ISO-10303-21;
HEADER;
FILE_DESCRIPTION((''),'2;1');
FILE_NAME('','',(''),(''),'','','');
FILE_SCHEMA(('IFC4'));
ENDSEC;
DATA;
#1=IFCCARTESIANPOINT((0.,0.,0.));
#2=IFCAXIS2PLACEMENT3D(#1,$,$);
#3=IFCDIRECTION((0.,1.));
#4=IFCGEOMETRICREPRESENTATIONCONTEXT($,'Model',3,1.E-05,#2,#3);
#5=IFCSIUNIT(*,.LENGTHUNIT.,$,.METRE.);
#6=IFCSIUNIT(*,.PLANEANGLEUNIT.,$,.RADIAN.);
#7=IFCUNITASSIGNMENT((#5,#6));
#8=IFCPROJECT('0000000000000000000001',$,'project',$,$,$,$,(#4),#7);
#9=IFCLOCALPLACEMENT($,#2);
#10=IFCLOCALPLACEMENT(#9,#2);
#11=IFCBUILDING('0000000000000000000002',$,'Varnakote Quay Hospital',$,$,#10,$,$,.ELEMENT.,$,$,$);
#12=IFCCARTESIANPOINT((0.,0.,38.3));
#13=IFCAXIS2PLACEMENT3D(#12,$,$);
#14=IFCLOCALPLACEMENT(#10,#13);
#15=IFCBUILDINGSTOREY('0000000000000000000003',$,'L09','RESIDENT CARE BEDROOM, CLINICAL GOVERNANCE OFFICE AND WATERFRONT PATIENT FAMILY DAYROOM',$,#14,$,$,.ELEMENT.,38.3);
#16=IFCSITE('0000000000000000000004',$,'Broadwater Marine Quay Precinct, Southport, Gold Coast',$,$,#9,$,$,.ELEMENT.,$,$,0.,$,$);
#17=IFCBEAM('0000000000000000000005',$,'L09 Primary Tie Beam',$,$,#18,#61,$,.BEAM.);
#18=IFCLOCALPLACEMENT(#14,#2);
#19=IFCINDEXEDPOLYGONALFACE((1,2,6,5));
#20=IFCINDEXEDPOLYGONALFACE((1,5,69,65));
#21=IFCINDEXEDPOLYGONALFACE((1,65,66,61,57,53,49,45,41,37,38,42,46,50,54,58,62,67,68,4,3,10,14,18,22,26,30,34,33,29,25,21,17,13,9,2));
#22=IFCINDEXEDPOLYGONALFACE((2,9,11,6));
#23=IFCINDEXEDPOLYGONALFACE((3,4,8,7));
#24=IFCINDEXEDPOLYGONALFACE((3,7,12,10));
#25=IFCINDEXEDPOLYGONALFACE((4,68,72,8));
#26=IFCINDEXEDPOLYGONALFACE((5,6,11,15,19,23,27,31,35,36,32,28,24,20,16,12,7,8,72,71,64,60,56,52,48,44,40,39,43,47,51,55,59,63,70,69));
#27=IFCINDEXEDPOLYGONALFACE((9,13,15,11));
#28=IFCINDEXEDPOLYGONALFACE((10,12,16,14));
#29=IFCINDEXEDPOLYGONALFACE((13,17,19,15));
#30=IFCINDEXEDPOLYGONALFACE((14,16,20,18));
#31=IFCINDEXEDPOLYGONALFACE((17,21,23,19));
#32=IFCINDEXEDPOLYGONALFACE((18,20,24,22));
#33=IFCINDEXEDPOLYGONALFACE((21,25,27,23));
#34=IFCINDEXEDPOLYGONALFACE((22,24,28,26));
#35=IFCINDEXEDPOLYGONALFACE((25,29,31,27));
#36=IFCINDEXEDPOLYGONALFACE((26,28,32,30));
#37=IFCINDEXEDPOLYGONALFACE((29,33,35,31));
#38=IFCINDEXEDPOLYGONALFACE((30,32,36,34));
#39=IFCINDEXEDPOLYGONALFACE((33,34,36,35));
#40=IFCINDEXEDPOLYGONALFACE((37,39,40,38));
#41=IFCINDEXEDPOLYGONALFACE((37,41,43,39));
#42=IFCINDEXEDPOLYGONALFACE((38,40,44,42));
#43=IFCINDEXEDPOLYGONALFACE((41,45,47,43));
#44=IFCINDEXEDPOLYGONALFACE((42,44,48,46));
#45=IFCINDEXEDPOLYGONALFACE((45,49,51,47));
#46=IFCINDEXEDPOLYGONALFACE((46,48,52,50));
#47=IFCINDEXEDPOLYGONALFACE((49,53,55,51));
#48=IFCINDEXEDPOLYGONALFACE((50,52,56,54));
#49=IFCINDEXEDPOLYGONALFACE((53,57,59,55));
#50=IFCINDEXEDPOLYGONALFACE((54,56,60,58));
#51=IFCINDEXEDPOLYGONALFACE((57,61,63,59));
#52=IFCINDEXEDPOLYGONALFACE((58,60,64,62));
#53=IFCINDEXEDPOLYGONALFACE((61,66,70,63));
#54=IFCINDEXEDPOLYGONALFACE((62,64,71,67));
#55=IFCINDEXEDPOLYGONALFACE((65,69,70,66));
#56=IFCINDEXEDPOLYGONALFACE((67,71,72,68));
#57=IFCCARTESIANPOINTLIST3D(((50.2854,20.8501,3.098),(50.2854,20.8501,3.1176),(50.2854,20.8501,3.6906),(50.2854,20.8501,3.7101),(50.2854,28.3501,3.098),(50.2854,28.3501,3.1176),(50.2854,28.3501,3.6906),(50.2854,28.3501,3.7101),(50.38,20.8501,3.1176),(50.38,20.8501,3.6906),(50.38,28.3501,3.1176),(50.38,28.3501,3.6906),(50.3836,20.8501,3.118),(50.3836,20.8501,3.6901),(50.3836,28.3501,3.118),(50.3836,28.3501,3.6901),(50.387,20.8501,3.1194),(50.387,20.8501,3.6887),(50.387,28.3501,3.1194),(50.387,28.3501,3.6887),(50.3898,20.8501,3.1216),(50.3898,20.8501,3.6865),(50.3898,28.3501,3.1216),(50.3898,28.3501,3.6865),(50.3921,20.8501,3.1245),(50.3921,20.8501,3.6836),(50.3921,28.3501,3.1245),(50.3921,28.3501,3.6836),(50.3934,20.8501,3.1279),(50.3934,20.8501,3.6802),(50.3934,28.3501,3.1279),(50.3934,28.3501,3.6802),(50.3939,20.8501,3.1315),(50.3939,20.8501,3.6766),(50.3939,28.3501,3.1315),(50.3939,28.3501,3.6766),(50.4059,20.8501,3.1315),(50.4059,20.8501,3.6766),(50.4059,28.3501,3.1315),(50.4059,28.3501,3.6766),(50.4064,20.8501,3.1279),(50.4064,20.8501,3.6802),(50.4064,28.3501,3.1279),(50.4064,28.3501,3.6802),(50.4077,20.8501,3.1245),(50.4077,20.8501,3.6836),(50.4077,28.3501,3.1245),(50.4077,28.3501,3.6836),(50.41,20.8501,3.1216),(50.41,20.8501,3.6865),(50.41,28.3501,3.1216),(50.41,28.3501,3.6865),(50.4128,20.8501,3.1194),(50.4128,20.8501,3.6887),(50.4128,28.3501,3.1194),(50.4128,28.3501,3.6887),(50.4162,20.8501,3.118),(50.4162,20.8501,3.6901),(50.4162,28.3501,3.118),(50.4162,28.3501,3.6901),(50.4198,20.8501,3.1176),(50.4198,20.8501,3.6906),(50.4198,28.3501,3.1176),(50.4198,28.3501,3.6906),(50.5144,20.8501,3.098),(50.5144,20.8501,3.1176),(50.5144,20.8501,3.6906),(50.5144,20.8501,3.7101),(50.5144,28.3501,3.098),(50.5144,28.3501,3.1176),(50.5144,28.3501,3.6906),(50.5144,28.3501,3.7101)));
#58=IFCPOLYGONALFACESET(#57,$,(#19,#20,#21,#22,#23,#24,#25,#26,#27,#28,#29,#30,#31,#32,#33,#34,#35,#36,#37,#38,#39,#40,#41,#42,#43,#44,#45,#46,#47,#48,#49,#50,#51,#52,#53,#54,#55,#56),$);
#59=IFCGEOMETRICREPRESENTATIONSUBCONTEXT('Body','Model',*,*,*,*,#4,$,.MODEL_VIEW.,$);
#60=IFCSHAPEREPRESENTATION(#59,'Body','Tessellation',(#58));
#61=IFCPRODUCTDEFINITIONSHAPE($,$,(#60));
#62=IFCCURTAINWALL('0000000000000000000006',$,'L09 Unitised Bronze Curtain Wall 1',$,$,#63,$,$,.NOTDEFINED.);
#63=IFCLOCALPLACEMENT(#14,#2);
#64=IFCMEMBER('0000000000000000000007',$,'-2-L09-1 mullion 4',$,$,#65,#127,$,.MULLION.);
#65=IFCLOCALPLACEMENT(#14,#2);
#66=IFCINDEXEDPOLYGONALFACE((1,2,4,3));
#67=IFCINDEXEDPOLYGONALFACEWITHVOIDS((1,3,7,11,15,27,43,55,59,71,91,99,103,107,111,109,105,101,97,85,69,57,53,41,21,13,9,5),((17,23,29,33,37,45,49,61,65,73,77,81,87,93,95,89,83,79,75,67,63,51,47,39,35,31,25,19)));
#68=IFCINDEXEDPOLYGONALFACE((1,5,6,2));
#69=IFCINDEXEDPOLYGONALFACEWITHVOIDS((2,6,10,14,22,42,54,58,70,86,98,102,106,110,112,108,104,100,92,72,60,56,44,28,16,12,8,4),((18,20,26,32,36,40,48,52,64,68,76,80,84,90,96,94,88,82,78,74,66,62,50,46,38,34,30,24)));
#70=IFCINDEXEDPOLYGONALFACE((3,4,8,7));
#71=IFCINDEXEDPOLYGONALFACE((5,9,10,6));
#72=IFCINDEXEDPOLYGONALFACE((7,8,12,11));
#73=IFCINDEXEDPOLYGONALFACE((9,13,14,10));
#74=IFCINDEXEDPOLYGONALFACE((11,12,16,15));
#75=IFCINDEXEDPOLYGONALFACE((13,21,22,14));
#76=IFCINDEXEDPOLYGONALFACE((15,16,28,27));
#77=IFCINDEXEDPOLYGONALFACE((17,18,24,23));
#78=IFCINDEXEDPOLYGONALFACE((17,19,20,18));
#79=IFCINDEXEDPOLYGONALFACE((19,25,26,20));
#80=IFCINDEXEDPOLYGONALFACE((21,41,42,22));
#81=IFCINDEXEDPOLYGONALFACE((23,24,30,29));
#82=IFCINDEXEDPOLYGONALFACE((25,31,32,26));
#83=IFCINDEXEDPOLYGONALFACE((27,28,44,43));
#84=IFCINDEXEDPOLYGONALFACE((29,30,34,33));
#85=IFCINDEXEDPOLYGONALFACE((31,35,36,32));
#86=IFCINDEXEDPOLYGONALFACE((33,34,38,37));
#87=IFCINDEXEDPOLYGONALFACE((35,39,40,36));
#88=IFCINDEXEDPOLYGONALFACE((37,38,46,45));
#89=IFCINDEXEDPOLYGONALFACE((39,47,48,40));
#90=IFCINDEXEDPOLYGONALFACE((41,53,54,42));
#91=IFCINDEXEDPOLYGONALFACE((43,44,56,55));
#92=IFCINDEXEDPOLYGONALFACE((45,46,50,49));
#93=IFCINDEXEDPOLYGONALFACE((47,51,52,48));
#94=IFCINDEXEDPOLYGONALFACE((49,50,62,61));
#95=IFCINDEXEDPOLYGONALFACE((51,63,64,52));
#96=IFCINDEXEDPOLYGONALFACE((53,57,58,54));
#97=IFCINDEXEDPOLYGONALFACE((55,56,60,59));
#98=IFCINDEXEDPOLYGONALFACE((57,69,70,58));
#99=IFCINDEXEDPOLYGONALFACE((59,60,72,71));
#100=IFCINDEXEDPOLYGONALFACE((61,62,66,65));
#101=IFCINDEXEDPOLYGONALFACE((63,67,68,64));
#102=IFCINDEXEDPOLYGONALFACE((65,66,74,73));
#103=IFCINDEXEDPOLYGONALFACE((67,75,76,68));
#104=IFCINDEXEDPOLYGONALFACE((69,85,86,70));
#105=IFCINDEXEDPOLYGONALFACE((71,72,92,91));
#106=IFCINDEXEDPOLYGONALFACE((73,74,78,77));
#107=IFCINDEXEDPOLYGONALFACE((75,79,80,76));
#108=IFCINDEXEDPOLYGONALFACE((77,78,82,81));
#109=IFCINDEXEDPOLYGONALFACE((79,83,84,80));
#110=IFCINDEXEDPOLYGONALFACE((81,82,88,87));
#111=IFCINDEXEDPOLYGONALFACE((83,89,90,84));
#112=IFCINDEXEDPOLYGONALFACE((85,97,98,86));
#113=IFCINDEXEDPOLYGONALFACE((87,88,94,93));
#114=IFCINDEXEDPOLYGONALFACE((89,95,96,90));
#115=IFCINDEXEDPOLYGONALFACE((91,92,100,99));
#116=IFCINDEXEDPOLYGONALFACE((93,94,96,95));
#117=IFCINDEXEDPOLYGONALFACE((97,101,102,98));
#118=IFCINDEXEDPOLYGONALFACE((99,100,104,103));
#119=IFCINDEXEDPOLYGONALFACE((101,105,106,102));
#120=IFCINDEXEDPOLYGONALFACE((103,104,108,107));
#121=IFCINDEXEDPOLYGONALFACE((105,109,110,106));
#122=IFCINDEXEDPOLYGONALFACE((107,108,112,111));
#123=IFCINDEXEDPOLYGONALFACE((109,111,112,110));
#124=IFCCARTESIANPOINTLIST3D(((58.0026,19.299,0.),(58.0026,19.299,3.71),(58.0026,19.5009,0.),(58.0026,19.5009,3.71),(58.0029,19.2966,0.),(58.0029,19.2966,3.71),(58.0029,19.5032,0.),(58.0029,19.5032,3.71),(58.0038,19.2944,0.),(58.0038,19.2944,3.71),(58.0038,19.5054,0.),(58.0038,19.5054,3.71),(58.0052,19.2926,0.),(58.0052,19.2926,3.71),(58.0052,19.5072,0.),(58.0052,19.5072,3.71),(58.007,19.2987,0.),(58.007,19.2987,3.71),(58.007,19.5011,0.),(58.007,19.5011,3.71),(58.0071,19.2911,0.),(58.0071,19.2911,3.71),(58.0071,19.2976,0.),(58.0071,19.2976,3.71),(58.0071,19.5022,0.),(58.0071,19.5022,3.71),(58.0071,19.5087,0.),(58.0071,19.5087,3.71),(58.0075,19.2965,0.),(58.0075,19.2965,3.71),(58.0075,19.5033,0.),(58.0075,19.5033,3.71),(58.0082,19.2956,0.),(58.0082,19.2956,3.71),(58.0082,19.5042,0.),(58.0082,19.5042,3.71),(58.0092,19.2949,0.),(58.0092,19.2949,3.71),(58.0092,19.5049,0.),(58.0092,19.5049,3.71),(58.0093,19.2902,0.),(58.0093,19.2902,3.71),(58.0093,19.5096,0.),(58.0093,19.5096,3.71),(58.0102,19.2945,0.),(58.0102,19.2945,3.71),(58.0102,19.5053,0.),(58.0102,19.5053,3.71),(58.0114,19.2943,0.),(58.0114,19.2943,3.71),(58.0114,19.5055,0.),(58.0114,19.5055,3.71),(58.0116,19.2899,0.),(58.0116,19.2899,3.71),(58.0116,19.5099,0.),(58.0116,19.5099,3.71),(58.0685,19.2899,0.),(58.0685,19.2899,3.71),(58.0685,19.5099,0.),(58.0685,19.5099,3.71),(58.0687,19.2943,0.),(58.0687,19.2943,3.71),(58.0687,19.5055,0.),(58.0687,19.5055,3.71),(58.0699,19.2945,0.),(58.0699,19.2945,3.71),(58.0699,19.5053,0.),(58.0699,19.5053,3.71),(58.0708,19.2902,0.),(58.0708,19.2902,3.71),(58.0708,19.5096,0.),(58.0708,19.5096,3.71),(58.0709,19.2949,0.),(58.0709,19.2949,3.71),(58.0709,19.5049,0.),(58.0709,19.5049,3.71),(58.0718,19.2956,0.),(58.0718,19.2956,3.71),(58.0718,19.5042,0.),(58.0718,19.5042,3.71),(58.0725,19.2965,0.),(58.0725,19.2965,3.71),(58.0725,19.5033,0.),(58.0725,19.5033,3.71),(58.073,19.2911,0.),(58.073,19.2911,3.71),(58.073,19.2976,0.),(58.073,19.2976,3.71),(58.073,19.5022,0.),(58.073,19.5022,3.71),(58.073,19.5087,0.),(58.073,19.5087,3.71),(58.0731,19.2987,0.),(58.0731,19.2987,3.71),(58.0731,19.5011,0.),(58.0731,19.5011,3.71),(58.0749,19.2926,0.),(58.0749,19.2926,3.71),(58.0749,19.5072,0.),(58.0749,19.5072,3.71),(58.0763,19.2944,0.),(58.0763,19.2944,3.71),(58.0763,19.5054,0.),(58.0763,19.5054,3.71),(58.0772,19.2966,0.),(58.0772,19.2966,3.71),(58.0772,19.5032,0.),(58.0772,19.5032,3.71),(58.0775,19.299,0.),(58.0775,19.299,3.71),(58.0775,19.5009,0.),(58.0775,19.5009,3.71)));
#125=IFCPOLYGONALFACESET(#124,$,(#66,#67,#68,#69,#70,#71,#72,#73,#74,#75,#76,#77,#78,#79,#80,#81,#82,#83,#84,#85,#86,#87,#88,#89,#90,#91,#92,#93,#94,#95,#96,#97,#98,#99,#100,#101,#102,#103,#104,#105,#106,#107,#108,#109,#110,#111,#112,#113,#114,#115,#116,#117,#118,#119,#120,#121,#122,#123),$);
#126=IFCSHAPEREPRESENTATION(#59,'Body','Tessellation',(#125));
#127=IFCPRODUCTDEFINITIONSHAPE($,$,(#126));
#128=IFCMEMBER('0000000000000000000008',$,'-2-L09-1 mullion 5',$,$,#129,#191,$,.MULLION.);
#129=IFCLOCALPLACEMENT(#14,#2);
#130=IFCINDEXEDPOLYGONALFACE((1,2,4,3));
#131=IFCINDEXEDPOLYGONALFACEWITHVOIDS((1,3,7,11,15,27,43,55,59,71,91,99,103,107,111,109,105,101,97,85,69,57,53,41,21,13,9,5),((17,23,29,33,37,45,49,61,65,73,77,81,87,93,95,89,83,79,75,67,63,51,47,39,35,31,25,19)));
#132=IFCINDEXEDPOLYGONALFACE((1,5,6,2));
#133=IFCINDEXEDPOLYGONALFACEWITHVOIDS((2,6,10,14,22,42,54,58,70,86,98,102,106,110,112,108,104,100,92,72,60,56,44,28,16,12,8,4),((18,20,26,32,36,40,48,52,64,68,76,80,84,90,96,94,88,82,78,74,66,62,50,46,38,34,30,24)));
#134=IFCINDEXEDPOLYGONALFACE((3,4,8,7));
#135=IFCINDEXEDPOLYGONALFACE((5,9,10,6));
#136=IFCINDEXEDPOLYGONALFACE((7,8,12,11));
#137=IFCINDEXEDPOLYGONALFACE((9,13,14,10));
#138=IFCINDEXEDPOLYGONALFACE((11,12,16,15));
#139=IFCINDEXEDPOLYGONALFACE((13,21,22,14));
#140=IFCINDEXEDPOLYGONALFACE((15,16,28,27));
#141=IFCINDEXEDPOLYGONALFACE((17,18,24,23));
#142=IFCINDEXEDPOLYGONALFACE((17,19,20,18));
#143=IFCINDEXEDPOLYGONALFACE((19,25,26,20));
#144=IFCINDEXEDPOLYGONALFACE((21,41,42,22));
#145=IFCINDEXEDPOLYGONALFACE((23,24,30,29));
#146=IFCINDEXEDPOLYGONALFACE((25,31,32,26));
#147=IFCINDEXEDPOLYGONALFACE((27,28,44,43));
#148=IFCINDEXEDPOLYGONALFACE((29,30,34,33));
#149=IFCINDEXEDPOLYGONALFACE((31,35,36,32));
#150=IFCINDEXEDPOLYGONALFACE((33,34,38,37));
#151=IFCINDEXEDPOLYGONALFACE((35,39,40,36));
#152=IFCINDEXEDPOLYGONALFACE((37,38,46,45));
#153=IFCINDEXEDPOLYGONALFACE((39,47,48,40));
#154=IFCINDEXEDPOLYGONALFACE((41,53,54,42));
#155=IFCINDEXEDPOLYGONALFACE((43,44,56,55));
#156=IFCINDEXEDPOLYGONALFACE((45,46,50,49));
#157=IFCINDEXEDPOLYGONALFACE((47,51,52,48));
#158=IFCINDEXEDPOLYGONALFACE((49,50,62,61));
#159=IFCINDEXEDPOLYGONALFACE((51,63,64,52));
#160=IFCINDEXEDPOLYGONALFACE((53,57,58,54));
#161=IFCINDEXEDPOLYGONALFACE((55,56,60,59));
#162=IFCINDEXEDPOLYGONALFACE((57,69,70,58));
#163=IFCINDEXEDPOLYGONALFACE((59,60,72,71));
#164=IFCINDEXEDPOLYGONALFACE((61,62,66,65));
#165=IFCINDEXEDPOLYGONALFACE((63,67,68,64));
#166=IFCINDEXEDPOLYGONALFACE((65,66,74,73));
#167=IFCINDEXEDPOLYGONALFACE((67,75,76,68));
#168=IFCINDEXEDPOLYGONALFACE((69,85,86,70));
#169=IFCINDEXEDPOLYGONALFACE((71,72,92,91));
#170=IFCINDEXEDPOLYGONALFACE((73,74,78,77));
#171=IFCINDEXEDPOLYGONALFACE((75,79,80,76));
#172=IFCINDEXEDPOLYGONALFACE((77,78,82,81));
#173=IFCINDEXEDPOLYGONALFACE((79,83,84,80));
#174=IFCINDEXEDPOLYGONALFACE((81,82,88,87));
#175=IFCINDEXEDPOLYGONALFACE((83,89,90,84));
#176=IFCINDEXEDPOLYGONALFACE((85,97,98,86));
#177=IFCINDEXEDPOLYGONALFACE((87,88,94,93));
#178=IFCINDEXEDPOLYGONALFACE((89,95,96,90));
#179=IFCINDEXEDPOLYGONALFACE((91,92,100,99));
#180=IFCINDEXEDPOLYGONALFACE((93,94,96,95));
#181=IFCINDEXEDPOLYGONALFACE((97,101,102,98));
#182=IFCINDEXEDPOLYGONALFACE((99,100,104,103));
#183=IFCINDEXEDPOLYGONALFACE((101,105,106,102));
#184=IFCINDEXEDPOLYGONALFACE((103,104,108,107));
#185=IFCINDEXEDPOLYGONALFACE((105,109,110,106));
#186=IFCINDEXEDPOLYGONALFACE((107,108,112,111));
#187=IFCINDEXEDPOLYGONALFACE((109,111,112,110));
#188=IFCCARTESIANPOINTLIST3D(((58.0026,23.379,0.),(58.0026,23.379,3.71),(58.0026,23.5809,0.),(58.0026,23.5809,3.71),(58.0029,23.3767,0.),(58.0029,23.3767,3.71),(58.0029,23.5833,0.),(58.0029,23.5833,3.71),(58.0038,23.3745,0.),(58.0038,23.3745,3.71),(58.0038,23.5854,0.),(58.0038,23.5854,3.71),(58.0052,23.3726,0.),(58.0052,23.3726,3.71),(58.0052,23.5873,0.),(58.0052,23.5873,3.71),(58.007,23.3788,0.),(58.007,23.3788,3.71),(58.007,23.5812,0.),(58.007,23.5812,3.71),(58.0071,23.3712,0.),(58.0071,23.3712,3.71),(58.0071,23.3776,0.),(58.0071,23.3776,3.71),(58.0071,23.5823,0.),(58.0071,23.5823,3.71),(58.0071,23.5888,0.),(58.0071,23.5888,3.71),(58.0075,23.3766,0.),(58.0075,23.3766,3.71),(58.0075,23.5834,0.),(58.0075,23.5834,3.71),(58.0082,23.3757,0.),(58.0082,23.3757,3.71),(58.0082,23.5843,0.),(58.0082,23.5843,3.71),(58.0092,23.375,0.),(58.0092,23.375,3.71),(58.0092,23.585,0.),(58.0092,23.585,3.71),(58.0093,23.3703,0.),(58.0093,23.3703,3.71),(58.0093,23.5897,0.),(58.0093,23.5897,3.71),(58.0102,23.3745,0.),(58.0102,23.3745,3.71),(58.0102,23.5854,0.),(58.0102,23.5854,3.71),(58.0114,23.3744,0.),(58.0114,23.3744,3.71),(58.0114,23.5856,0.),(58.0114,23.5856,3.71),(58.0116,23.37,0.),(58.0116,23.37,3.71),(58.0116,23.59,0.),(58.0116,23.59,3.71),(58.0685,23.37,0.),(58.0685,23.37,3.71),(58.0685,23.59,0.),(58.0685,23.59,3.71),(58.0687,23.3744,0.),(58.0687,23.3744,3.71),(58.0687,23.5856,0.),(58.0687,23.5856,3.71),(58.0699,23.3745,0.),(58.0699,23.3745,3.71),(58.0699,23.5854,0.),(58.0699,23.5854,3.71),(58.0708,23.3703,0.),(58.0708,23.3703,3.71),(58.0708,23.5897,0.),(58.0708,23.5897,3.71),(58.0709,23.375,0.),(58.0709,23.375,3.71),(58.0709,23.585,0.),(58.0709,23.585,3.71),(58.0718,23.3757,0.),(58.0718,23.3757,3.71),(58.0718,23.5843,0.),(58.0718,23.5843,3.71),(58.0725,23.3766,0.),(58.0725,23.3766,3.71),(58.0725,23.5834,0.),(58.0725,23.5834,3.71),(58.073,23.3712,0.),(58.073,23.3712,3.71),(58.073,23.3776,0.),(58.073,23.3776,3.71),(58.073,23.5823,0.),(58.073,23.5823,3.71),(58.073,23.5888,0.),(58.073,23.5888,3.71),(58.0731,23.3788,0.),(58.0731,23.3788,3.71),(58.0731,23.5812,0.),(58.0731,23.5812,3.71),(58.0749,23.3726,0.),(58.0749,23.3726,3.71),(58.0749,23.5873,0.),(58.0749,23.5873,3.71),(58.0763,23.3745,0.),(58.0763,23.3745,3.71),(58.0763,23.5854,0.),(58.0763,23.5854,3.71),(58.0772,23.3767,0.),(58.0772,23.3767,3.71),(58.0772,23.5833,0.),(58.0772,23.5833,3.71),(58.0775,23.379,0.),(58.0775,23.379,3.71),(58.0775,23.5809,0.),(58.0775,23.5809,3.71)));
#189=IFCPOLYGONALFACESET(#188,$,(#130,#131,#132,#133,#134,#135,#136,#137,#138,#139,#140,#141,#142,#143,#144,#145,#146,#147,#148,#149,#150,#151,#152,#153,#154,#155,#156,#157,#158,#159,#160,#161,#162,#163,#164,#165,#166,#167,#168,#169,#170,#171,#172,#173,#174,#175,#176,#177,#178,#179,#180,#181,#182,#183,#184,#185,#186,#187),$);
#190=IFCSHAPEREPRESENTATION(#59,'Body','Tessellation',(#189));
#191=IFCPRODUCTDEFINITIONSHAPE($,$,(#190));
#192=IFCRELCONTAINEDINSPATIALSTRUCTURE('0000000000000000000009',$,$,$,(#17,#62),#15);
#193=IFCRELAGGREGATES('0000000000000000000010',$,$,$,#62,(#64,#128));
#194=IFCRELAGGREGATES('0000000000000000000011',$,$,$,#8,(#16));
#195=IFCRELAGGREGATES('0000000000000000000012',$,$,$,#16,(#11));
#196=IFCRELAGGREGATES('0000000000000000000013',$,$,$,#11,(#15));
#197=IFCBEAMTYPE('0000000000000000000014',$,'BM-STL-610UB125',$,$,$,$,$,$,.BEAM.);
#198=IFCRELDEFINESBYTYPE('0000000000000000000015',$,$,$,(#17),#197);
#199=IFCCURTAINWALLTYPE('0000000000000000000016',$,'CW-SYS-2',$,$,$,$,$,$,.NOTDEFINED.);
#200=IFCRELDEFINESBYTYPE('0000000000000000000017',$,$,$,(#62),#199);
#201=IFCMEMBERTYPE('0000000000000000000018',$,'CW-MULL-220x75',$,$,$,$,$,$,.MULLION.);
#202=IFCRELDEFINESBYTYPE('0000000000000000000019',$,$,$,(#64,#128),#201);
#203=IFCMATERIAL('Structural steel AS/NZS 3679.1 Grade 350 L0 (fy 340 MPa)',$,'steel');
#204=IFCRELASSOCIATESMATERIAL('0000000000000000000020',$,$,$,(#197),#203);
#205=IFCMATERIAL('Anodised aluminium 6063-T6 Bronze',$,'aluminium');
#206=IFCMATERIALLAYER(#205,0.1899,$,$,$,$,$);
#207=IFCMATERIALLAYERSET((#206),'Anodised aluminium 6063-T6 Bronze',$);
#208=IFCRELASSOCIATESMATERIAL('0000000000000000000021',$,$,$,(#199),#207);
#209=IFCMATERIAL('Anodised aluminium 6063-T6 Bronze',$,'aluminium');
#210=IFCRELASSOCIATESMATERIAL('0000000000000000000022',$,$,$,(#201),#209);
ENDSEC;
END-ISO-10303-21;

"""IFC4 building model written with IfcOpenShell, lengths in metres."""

from ifc_helpers import new_model, si_unit, direction, frame, origin, origin_2d, place, context, subcontext, project, spatial, hollow_rectangle, i_section, extrude, material, layer, layer_set, material_profile, profile_set, type_object, element, aggregate, save


model = new_model("IFC4")

# Units and contexts
model_context = context("Model", 3, precision=1e-05, world=origin(), true_north=direction((0.0, 1.0)))
body_context = subcontext(model_context, "Body", "Model", "MODEL_VIEW")
ifc_project = project(units=[si_unit("LENGTHUNIT", "METRE"), si_unit("PLANEANGLEUNIT", "RADIAN")], contexts=[model_context])

# Site, building, storey
site_placement = place(None, origin())
site = spatial("IfcSite", under=ifc_project, at=site_placement, Name="Broadwater Marine Quay Precinct, Southport, Gold Coast", CompositionType="ELEMENT", RefElevation=0.0)
building_placement = place(site_placement, origin())
building = spatial("IfcBuilding", under=site, at=building_placement, Name="Varnakote Quay Hospital", CompositionType="ELEMENT")
storey_placement = place(building_placement, frame((0.0, 0.0, 38.3)))
storey = spatial("IfcBuildingStorey", under=building, at=storey_placement, Name="L09", Description="RESIDENT CARE BEDROOM, CLINICAL GOVERNANCE OFFICE AND WATERFRONT PATIENT FAMILY DAYROOM", CompositionType="ELEMENT", Elevation=38.3)

# Beam
ifc_material_1 = material(Name="Structural steel AS/NZS 3679.1 Grade 350 L0 (fy 340 MPa)", Category="steel")
ifc_material_profile_1 = material_profile(ifc_material_1, i_section(OverallWidth=0.229, OverallDepth=0.6121, WebThickness=0.012, FlangeThickness=0.0195, FilletRadius=0.0139, at=origin_2d()), Name="610UB125")
ifc_profile_set_1 = profile_set([ifc_material_profile_1], Name="Structural steel AS/NZS 3679.1 Grade 350 L0 (fy 340 MPa)")
beam_type = type_object("IfcBeamType", Name="BM-STL-610UB125", PredefinedType="BEAM", material=ifc_profile_set_1)
beam_placement = place(storey_placement, frame((50.3999, 20.8501, 3.4041), z_axis=(0.0, 1.0, 0.0), x_axis=(-1.0, 0.0, 0.0)))
element("IfcBeam", 1, at=beam_placement, inside=storey, type_object=beam_type, Name="L09 Primary Tie Beam", PredefinedType="BEAM", context=body_context, shape_type="SweptSolid", body=[
    extrude(i_section(OverallWidth=0.229, OverallDepth=0.6121, WebThickness=0.012, FlangeThickness=0.0195, FilletRadius=0.0139, at=origin_2d()), origin(), (0.0, 0.0, 1.0), 7.5),
])

# Curtain wall, members
ifc_material_2 = material(Name="Anodised aluminium 6063-T6 Bronze", Category="aluminium")
ifc_layer_1 = layer(ifc_material_2, 0.1899)
ifc_layer_set_1 = layer_set([ifc_layer_1], Name="Anodised aluminium 6063-T6 Bronze")
curtain_wall_type = type_object("IfcCurtainWallType", Name="CW-SYS-2", PredefinedType="NOTDEFINED", material=ifc_layer_set_1)
curtain_wall_placement = place(storey_placement, origin())
curtain_wall = element("IfcCurtainWall", 2, at=curtain_wall_placement, inside=storey, type_object=curtain_wall_type, Name="L09 Unitised Bronze Curtain Wall 1", PredefinedType="NOTDEFINED")
ifc_material_3 = material(Name="Anodised aluminium 6063-T6 Bronze", Category="aluminium")
ifc_material_profile_2 = material_profile(ifc_material_3, hollow_rectangle(XDim=0.075, YDim=0.22, WallThickness=0.0044, InnerFilletRadius=0.0044, OuterFilletRadius=0.009, at=origin_2d()), Name="CW-MULL-220x75")
ifc_profile_set_2 = profile_set([ifc_material_profile_2], Name="Anodised aluminium 6063-T6 Bronze")
member_type_1 = type_object("IfcMemberType", Name="CW-MULL-220x75", PredefinedType="MULLION", material=ifc_profile_set_2)
member_1_placement = place(storey_placement, frame((58.04, 19.3999, 0.0), z_axis=(0.0, 0.0, 1.0), x_axis=(-1.0, 0.0, 0.0)))
member_1 = element("IfcMember", 3, at=member_1_placement, type_object=member_type_1, Name="-2-L09-1 mullion 4", PredefinedType="MULLION", context=body_context, shape_type="SweptSolid", body=[
    extrude(hollow_rectangle(XDim=0.075, YDim=0.22, WallThickness=0.0044, InnerFilletRadius=0.0044, OuterFilletRadius=0.009, at=origin_2d()), origin(), (0.0, 0.0, 1.0), 3.71),
])
member_2_placement = place(storey_placement, frame((58.04, 23.48, 0.0), z_axis=(0.0, 0.0, 1.0), x_axis=(-1.0, 0.0, 0.0)))
member_2 = element("IfcMember", 4, at=member_2_placement, type_object=member_type_1, Name="-2-L09-1 mullion 5", PredefinedType="MULLION", context=body_context, shape_type="SweptSolid", body=[
    extrude(hollow_rectangle(XDim=0.075, YDim=0.22, WallThickness=0.0044, InnerFilletRadius=0.0044, OuterFilletRadius=0.009, at=origin_2d()), origin(), (0.0, 0.0, 1.0), 3.71),
])
aggregate(curtain_wall, [member_1, member_2])

save(model, "model.ifc")
